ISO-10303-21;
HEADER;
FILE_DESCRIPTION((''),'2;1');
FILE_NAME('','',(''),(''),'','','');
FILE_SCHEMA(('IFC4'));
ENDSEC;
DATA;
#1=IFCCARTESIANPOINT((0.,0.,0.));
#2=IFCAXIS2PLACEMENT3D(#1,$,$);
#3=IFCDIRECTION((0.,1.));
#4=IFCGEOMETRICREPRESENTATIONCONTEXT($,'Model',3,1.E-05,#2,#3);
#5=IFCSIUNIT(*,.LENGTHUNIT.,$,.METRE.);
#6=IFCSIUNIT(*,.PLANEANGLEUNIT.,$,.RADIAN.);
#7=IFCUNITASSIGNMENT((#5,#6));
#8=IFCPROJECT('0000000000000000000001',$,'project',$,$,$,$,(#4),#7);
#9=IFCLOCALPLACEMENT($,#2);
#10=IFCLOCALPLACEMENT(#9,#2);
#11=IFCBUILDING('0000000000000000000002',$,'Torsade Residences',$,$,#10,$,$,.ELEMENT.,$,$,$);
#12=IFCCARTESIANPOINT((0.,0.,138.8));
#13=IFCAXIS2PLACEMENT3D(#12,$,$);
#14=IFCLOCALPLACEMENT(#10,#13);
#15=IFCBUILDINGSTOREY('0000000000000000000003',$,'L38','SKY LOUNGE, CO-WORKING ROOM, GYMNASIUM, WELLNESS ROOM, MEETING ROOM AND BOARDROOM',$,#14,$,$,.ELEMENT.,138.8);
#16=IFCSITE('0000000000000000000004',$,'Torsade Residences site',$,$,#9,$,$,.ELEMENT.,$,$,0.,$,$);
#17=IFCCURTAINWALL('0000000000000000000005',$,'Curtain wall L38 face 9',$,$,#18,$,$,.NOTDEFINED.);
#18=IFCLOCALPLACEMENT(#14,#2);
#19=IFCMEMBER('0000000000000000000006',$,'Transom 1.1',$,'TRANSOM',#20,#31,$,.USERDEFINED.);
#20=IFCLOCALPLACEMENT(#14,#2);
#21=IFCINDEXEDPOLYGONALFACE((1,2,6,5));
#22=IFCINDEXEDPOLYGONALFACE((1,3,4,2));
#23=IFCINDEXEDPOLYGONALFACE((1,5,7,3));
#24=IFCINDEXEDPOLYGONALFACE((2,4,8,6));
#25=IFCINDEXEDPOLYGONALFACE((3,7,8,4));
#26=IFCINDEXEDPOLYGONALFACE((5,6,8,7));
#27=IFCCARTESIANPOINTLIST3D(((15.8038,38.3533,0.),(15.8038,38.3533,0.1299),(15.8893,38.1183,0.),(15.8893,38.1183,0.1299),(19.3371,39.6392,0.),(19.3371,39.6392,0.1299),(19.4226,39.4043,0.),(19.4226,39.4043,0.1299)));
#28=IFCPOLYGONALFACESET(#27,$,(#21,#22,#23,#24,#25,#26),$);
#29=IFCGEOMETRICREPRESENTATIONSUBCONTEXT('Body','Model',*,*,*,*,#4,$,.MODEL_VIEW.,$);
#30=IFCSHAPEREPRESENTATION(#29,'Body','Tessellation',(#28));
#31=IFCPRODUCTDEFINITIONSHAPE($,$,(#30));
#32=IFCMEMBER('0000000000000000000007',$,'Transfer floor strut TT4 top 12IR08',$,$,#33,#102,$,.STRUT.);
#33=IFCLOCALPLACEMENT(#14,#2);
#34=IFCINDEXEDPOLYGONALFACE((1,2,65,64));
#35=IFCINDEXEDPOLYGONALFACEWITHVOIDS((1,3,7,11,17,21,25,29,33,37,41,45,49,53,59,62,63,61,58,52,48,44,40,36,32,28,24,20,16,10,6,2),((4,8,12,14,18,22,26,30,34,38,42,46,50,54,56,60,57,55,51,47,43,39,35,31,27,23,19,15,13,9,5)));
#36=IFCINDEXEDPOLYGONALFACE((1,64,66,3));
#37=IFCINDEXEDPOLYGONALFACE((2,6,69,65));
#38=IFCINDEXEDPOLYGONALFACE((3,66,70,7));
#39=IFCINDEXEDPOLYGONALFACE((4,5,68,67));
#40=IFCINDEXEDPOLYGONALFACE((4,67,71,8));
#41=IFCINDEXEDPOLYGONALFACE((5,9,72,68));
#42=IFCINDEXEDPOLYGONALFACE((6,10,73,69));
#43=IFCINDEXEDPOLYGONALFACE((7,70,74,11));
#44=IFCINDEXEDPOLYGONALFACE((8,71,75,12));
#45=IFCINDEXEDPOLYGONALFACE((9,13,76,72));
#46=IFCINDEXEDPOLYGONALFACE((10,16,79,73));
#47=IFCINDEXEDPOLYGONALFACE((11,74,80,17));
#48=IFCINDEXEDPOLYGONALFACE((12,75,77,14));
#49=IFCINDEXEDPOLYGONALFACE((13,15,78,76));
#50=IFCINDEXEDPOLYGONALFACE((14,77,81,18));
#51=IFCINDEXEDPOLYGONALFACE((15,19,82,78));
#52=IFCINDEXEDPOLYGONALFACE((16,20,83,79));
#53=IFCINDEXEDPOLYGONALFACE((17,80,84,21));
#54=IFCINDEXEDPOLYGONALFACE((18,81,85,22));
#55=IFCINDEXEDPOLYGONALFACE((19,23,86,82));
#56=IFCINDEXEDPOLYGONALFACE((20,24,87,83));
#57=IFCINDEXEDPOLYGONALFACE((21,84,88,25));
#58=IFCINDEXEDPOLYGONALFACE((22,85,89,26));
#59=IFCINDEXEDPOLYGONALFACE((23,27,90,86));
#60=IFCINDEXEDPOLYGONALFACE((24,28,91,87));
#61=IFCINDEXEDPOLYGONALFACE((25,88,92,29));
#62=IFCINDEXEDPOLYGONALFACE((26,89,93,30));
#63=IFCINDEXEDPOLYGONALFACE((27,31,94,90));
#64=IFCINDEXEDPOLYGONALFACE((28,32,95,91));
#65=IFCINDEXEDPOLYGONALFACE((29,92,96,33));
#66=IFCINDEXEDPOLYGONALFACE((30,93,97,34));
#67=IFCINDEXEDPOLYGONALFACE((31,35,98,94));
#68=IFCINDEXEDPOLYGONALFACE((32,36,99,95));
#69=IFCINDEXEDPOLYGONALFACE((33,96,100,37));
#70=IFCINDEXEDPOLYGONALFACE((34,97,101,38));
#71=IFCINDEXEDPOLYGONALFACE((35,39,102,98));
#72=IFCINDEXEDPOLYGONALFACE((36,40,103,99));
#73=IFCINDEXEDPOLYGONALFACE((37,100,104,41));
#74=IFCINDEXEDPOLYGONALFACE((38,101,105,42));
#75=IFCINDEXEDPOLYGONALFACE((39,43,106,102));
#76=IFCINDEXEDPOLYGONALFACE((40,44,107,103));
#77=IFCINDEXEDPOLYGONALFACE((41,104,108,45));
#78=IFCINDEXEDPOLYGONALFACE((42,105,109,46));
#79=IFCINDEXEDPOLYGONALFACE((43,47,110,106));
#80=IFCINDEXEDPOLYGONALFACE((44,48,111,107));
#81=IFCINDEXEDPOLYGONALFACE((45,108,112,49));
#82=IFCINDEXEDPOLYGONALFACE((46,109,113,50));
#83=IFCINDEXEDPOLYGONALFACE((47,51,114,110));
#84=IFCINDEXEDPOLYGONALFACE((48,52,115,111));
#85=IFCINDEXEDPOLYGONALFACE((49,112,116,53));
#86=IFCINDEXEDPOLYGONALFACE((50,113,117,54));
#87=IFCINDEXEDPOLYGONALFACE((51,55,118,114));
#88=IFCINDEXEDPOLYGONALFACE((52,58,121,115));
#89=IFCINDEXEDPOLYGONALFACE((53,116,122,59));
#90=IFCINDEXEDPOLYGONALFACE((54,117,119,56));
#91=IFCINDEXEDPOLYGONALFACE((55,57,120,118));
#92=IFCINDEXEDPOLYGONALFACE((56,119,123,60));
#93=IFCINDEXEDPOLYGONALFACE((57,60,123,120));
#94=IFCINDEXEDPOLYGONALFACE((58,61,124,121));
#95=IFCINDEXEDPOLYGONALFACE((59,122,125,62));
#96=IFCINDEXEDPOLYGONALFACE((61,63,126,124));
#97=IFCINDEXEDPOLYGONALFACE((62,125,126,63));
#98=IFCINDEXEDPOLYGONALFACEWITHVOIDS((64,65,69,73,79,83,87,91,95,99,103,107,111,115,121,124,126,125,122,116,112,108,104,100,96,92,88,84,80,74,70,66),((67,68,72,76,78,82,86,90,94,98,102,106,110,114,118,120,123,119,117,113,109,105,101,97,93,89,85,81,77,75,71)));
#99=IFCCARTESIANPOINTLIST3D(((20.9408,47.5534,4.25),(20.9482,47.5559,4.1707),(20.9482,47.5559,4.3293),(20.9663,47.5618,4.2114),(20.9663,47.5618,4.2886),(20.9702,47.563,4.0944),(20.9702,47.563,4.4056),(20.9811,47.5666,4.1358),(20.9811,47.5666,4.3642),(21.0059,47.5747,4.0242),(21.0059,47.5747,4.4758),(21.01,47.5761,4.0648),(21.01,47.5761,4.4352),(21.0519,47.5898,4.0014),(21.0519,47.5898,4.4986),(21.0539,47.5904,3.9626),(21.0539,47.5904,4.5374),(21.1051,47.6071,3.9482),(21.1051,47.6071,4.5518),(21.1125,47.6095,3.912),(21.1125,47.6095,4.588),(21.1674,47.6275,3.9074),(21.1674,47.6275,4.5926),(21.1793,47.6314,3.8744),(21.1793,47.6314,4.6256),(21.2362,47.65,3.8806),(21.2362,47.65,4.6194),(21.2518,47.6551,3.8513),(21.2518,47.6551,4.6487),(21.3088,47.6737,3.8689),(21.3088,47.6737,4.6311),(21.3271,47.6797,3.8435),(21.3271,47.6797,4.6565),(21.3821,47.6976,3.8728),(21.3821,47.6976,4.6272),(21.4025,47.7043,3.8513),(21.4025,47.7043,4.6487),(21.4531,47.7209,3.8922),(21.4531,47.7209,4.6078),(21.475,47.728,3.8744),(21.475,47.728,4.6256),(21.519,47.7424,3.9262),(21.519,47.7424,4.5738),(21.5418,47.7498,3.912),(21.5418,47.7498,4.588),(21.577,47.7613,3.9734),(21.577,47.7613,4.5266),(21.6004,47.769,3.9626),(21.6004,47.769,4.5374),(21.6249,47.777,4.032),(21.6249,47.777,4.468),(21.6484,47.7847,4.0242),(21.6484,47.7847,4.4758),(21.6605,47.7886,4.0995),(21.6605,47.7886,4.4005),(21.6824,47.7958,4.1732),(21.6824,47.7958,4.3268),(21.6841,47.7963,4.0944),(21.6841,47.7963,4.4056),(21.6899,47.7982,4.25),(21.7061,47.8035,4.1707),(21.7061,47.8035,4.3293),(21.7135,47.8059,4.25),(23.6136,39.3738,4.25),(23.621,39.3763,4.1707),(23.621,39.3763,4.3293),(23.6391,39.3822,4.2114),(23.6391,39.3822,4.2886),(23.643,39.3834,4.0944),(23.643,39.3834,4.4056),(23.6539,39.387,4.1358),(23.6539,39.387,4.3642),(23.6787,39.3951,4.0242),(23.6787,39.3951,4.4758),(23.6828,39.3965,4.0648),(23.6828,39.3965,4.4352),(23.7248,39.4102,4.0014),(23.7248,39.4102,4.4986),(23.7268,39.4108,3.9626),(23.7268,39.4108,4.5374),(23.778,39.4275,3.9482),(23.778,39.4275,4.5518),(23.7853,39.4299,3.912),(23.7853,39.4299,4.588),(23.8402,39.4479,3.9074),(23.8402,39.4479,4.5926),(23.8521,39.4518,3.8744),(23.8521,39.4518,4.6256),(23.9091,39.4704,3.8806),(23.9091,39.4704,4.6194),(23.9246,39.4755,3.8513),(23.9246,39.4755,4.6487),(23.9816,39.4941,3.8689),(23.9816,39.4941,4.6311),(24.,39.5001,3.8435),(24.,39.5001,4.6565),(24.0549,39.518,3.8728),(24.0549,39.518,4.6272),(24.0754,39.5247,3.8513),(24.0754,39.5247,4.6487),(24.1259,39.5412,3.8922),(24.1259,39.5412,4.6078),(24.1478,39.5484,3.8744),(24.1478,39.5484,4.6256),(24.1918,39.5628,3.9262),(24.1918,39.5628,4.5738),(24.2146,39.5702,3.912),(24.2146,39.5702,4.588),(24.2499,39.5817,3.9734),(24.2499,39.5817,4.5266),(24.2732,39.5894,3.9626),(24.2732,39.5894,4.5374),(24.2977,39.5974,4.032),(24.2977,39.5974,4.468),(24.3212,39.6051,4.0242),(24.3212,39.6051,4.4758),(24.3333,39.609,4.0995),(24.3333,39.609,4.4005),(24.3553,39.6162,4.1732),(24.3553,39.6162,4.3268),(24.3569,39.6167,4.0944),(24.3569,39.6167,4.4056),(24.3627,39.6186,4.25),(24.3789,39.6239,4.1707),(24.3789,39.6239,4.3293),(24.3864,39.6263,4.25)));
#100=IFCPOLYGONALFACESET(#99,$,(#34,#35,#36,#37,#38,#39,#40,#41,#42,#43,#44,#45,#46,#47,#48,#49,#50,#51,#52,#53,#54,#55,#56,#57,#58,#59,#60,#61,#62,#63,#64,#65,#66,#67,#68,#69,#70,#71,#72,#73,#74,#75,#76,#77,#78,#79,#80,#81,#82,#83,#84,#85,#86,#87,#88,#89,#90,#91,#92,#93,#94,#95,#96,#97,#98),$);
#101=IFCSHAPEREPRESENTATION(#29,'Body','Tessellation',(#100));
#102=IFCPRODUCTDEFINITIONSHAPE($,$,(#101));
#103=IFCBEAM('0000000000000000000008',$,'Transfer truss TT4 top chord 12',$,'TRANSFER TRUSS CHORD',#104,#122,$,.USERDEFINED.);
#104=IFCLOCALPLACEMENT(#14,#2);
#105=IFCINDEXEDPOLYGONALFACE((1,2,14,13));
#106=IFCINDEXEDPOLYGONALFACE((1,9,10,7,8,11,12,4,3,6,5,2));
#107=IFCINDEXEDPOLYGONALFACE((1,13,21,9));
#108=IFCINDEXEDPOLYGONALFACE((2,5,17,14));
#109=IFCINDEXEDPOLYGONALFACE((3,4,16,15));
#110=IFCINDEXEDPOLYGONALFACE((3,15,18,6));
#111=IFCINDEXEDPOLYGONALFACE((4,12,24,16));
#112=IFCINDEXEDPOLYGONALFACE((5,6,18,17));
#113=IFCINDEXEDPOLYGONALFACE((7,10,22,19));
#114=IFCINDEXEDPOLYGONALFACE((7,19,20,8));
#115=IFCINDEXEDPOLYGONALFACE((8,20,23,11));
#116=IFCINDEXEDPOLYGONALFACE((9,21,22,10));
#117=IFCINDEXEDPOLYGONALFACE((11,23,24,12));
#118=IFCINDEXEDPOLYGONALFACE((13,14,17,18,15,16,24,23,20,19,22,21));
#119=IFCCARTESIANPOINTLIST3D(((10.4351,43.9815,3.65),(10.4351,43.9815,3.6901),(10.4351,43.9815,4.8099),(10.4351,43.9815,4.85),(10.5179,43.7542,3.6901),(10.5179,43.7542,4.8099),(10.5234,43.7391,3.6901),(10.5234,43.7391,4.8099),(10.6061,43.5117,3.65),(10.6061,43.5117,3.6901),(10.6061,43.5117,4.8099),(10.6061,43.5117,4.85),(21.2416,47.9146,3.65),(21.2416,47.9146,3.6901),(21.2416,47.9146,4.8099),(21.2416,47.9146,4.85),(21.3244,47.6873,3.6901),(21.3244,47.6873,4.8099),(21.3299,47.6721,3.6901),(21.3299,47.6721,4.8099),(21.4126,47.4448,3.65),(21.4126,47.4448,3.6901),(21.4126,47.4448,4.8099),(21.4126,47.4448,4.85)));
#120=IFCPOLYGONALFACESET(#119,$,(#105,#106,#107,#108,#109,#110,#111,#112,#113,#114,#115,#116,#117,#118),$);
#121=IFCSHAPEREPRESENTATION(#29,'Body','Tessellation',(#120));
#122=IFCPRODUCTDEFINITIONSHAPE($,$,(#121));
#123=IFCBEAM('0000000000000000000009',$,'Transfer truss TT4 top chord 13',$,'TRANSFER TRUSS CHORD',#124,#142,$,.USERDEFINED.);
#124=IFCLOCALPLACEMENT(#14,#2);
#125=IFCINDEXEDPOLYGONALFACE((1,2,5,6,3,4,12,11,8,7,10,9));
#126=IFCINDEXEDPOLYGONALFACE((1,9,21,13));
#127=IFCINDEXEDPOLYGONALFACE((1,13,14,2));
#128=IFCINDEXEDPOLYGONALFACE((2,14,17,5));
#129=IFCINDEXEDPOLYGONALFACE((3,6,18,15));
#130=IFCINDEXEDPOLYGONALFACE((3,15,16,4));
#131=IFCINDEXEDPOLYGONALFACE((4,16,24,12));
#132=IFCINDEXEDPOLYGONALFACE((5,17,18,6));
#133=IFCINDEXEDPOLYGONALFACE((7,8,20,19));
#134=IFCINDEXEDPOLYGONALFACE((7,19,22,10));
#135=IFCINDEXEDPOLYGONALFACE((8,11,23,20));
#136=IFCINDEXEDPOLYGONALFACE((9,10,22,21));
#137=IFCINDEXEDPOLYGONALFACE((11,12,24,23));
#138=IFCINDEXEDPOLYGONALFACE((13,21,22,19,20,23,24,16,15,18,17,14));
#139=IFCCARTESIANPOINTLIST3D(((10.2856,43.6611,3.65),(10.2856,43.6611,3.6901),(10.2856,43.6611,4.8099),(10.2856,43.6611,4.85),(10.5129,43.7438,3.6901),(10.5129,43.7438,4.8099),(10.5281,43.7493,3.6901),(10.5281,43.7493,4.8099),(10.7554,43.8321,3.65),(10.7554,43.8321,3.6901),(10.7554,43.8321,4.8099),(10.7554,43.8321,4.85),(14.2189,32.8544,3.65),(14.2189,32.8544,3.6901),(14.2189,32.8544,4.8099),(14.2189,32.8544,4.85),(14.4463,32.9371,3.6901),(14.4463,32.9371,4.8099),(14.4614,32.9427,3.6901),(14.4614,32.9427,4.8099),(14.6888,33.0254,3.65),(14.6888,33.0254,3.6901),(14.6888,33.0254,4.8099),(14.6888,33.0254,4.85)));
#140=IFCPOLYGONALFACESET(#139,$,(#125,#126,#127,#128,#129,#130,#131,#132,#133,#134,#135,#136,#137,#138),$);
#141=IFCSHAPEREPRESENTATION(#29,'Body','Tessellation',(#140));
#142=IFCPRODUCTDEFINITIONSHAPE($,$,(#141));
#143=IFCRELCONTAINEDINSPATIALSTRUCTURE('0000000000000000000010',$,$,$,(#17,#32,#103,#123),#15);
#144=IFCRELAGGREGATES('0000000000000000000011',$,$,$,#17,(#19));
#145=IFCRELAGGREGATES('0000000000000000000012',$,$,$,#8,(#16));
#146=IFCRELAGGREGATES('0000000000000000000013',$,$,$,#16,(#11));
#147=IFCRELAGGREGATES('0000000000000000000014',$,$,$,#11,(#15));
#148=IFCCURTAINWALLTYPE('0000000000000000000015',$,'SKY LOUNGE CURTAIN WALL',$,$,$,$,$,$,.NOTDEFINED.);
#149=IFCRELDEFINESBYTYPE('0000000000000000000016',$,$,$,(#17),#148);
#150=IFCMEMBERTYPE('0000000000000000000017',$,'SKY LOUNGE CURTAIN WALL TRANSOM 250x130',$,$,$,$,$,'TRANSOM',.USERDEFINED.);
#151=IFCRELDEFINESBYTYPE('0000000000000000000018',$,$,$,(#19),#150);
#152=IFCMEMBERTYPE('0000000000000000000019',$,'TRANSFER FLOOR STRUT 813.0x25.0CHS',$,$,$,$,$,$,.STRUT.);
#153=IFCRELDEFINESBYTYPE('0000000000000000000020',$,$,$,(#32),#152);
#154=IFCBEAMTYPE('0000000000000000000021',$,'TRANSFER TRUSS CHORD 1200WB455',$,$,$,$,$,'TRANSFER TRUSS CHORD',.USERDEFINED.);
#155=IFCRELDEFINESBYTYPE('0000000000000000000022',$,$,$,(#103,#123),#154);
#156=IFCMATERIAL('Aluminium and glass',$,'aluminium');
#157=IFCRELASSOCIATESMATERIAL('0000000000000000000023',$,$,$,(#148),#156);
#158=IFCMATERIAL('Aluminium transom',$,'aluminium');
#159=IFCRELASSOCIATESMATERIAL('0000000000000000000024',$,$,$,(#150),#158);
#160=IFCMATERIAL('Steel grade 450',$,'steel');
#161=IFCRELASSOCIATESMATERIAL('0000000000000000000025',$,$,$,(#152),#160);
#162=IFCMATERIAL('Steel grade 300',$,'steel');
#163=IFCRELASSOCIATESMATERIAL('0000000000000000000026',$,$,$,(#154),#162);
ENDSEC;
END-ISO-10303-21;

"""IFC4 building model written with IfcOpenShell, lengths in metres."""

from ifc_helpers import new_model, si_unit, direction, frame, origin, origin_2d, place, context, subcontext, project, spatial, rectangle, hollow_circle, i_section, extrude, material, material_profile, profile_set, type_object, element, aggregate, save


model = new_model("IFC4")

# Units and contexts
model_context = context("Model", 3, precision=1e-05, world=origin(), true_north=direction((0.0, 1.0)))
body_context = subcontext(model_context, "Body", "Model", "MODEL_VIEW")
ifc_project = project(units=[si_unit("LENGTHUNIT", "METRE"), si_unit("PLANEANGLEUNIT", "RADIAN")], contexts=[model_context])

# Site, building, storey
site_placement = place(None, origin())
site = spatial("IfcSite", under=ifc_project, at=site_placement, Name="Torsade Residences site", CompositionType="ELEMENT", RefElevation=0.0)
building_placement = place(site_placement, origin())
building = spatial("IfcBuilding", under=site, at=building_placement, Name="Torsade Residences", CompositionType="ELEMENT")
storey_placement = place(building_placement, frame((0.0, 0.0, 138.8)))
storey = spatial("IfcBuildingStorey", under=building, at=storey_placement, Name="L38", Description="SKY LOUNGE, CO-WORKING ROOM, GYMNASIUM, WELLNESS ROOM, MEETING ROOM AND BOARDROOM", CompositionType="ELEMENT", Elevation=138.8)

# Shared definitions
ifc_material_1 = material(Name="Aluminium and glass", Category="aluminium")
curtain_wall_type = type_object("IfcCurtainWallType", Name="SKY LOUNGE CURTAIN WALL", PredefinedType="NOTDEFINED", material=ifc_material_1)

# Curtain wall
curtain_wall_1_placement = place(storey_placement, origin())
curtain_wall_1 = element("IfcCurtainWall", 1, at=curtain_wall_1_placement, inside=storey, type_object=curtain_wall_type, Name="Curtain wall L38 face 9", PredefinedType="NOTDEFINED")

# Members
ifc_material_2 = material(Name="Aluminium transom", Category="aluminium")
ifc_material_profile_1 = material_profile(ifc_material_2, rectangle(XDim=0.25, YDim=0.1299, at=origin_2d()), Name="SKY LOUNGE CURTAIN WALL TRANSOM 250x130")
ifc_profile_set_1 = profile_set([ifc_material_profile_1], Name="Aluminium transom")
member_type_1 = type_object("IfcMemberType", Name="SKY LOUNGE CURTAIN WALL TRANSOM 250x130", ElementType="TRANSOM", PredefinedType="USERDEFINED", material=ifc_profile_set_1)
member_1_placement = place(storey_placement, frame((19.3799, 39.5217, 0.0649), z_axis=(-0.9397, -0.341999, 0.0), x_axis=(0.341999, -0.9397, 0.0)))
member_1 = element("IfcMember", 2, at=member_1_placement, type_object=member_type_1, Name="Transom 1.1", ObjectType="TRANSOM", PredefinedType="USERDEFINED", context=body_context, shape_type="SweptSolid", body=[
    extrude(rectangle(XDim=0.25, YDim=0.1299, at=origin_2d()), origin(), (0.0, 0.0, 1.0), 3.76),
])
aggregate(curtain_wall_1, [member_1])
ifc_material_3 = material(Name="Steel grade 450", Category="steel")
ifc_material_profile_2 = material_profile(ifc_material_3, hollow_circle(Radius=0.4065, WallThickness=0.0249, at=origin_2d()), Name="813.0x25.0CHS")
ifc_profile_set_2 = profile_set([ifc_material_profile_2], Name="Steel grade 450")
member_type_2 = type_object("IfcMemberType", Name="TRANSFER FLOOR STRUT 813.0x25.0CHS", PredefinedType="STRUT", material=ifc_profile_set_2)
member_2_placement = place(storey_placement, frame((21.3271, 47.6797, 4.25), z_axis=(0.310605, -0.950539, 0.0), x_axis=(0.950539, 0.310605, 0.0)))
element("IfcMember", 3, at=member_2_placement, inside=storey, type_object=member_type_2, Name="Transfer floor strut TT4 top 12IR08", PredefinedType="STRUT", context=body_context, shape_type="SweptSolid", body=[
    extrude(hollow_circle(Radius=0.4065, WallThickness=0.0249, at=origin_2d()), origin(), (0.0, 0.0, 1.0), 8.6052),
])

# Beams
ifc_material_4 = material(Name="Steel grade 300", Category="steel")
ifc_material_profile_3 = material_profile(ifc_material_4, i_section(OverallWidth=0.5, OverallDepth=1.2, WebThickness=0.0161, FlangeThickness=0.04, at=origin_2d()), Name="1200WB455")
ifc_profile_set_3 = profile_set([ifc_material_profile_3], Name="Steel grade 300")
beam_type_1 = type_object("IfcBeamType", Name="TRANSFER TRUSS CHORD 1200WB455", ElementType="TRANSFER TRUSS CHORD", PredefinedType="USERDEFINED", material=ifc_profile_set_3)
beam_1_placement = place(storey_placement, frame((21.3271, 47.6797, 4.25), z_axis=(-0.939698, -0.342006, 0.0), x_axis=(0.342006, -0.939698, 0.0)))
element("IfcBeam", 4, at=beam_1_placement, inside=storey, type_object=beam_type_1, Name="Transfer truss TT4 top chord 12", ObjectType="TRANSFER TRUSS CHORD", PredefinedType="USERDEFINED", context=body_context, shape_type="SweptSolid", body=[
    extrude(i_section(OverallWidth=0.5, OverallDepth=1.2, WebThickness=0.0161, FlangeThickness=0.04, at=origin_2d()), origin(), (0.0, 0.0, 1.0), 11.5),
])
beam_2_placement = place(storey_placement, frame((10.5205, 43.7466, 4.25), z_axis=(0.342024, -0.939691, 0.0), x_axis=(0.939691, 0.342024, 0.0)))
element("IfcBeam", 5, at=beam_2_placement, inside=storey, type_object=beam_type_1, Name="Transfer truss TT4 top chord 13", ObjectType="TRANSFER TRUSS CHORD", PredefinedType="USERDEFINED", context=body_context, shape_type="SweptSolid", body=[
    extrude(i_section(OverallWidth=0.5, OverallDepth=1.2, WebThickness=0.0161, FlangeThickness=0.04, at=origin_2d()), origin(), (0.0, 0.0, 1.0), 11.5002),
])

save(model, "model.ifc")
